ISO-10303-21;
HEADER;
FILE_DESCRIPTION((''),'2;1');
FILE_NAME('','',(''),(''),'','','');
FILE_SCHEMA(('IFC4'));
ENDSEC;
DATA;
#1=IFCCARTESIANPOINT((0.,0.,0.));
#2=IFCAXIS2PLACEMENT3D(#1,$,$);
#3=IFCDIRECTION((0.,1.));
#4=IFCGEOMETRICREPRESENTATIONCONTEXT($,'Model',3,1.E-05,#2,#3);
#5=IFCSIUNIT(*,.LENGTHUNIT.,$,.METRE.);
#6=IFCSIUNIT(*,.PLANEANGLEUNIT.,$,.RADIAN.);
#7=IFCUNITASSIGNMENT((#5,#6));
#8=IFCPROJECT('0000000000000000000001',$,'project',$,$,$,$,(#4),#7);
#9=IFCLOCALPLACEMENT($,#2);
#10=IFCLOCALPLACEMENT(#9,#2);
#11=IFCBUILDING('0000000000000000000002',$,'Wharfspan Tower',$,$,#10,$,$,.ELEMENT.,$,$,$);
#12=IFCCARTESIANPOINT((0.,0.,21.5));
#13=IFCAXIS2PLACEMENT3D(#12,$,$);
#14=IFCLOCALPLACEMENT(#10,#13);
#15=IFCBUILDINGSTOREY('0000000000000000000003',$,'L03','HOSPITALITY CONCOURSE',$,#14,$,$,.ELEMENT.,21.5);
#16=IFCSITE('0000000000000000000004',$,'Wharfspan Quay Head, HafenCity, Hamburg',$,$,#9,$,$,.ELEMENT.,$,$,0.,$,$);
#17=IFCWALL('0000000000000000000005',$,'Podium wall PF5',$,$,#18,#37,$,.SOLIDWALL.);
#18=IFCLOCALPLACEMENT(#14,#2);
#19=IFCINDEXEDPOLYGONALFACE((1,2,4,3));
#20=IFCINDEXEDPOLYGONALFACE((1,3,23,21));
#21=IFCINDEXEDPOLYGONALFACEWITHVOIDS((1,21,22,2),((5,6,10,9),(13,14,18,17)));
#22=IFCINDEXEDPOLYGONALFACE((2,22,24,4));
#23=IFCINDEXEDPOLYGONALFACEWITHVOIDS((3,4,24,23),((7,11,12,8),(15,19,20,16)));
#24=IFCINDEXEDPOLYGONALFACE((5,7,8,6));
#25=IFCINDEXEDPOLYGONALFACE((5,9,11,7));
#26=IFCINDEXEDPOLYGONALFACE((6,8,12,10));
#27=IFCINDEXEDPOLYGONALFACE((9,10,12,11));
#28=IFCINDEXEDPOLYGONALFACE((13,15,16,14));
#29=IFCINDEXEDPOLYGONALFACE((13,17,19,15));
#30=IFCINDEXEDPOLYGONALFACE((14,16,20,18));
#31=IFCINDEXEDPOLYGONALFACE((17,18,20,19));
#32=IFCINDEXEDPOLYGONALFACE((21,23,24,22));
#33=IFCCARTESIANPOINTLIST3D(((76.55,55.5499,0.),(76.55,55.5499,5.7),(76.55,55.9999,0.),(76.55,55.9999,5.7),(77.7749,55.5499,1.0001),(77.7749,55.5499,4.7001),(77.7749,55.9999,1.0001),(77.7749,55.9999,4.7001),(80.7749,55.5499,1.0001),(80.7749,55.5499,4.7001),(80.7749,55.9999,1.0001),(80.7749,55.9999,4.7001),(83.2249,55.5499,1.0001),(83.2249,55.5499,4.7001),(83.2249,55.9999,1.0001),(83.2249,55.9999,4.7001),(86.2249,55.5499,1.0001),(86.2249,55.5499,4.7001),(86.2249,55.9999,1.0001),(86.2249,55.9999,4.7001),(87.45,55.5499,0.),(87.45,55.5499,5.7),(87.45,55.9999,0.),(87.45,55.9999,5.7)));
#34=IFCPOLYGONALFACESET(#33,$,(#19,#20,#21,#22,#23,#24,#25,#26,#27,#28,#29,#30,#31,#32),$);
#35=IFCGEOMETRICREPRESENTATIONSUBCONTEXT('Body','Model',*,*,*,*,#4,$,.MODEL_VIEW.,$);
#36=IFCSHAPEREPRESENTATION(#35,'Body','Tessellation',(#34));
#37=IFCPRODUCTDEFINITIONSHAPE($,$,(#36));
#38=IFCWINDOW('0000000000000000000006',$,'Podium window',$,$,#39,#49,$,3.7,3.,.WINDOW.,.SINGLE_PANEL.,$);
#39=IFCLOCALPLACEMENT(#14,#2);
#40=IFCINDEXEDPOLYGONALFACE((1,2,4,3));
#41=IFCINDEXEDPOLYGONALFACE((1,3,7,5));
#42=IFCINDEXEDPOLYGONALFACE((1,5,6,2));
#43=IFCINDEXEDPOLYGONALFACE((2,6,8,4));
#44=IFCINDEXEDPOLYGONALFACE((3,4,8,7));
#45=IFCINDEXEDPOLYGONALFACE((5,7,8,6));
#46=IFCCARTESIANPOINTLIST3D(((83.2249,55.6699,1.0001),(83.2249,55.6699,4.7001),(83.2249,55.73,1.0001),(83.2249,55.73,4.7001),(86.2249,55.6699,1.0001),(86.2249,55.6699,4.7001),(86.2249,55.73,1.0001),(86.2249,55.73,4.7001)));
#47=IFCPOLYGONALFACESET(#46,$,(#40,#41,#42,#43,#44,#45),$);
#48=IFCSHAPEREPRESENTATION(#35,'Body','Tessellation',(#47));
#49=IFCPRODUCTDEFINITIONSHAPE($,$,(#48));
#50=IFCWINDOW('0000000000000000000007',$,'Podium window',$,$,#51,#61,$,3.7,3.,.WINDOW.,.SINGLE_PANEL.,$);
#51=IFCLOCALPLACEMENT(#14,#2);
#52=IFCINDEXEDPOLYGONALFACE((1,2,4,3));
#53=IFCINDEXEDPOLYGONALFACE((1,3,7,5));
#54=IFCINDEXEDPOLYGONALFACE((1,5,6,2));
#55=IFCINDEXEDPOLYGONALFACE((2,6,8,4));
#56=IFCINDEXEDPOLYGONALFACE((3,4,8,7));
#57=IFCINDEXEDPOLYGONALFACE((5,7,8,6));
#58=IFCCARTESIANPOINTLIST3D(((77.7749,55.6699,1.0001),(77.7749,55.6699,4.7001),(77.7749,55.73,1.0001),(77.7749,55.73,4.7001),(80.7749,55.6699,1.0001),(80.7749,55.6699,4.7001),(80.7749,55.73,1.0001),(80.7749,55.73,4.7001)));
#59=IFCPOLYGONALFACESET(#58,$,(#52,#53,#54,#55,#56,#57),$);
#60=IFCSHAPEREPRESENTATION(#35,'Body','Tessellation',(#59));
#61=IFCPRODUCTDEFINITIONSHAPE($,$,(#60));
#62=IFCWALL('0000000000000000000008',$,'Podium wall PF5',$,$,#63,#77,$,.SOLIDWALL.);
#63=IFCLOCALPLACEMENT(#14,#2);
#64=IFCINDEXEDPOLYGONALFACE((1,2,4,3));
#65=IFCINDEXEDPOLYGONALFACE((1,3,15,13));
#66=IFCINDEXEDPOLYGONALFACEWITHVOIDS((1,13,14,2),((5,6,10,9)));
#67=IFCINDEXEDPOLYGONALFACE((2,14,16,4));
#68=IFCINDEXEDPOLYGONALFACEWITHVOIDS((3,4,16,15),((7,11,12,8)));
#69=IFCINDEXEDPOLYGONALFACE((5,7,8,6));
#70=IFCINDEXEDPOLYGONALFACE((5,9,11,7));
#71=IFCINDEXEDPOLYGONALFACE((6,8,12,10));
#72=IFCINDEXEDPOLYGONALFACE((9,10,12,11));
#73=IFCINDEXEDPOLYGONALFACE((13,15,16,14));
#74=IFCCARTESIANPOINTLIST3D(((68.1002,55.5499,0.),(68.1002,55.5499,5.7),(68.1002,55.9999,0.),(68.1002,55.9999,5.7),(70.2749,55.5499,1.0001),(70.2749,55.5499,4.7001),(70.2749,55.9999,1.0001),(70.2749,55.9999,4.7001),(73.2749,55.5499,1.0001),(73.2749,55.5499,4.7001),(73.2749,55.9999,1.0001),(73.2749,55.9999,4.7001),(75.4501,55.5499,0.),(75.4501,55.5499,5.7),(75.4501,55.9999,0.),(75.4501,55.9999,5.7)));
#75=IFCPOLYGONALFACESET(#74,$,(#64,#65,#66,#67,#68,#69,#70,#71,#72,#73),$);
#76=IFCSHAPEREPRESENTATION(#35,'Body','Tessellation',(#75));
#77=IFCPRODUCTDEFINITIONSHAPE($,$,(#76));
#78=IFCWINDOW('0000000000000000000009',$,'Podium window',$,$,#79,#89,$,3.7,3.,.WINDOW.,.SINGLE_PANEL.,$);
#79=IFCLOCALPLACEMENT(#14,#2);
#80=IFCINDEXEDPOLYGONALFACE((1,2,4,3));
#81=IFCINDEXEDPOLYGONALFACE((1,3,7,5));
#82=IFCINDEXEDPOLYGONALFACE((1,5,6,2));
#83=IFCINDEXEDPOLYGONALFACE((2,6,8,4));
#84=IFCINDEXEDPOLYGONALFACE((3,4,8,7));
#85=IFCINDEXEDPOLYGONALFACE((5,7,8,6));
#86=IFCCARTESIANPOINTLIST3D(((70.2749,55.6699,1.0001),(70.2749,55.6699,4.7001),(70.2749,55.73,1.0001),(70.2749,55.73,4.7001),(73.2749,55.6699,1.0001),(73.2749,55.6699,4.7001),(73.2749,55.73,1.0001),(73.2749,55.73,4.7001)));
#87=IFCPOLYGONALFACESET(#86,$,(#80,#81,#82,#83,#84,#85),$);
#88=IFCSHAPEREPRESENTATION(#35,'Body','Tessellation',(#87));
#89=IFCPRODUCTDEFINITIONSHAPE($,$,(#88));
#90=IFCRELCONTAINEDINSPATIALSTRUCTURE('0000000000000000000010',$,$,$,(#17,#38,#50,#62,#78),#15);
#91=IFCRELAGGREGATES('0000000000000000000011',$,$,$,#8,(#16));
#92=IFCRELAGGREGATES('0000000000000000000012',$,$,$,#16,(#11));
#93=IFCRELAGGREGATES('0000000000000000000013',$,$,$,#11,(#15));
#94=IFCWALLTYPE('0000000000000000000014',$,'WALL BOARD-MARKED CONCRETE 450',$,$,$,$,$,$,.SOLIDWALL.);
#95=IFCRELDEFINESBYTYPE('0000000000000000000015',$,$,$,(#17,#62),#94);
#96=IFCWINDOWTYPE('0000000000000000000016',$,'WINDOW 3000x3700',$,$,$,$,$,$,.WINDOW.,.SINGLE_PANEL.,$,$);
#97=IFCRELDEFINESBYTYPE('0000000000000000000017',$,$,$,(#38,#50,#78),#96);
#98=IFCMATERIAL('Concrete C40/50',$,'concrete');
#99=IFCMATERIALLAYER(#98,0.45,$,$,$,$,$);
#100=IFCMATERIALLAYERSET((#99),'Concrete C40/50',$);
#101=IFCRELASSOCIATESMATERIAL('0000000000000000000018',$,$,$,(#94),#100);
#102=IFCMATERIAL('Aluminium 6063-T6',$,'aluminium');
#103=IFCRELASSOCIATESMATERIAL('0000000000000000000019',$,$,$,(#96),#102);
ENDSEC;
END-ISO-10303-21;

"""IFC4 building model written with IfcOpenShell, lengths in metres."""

from ifc_helpers import new_model, si_unit, direction, frame, frame_2d, origin, place, context, subcontext, project, spatial, rectangle, extrude, material, layer, layer_set, type_object, element, fill, save


model = new_model("IFC4")

# Units and contexts
model_context = context("Model", 3, precision=1e-05, world=origin(), true_north=direction((0.0, 1.0)))
body_context = subcontext(model_context, "Body", "Model", "MODEL_VIEW")
ifc_project = project(units=[si_unit("LENGTHUNIT", "METRE"), si_unit("PLANEANGLEUNIT", "RADIAN")], contexts=[model_context])

# Site, building, storey
site_placement = place(None, origin())
site = spatial("IfcSite", under=ifc_project, at=site_placement, Name="Wharfspan Quay Head, HafenCity, Hamburg", CompositionType="ELEMENT", RefElevation=0.0)
building_placement = place(site_placement, origin())
building = spatial("IfcBuilding", under=site, at=building_placement, Name="Wharfspan Tower", CompositionType="ELEMENT")
storey_placement = place(building_placement, frame((0.0, 0.0, 21.5)))
storey = spatial("IfcBuildingStorey", under=building, at=storey_placement, Name="L03", Description="HOSPITALITY CONCOURSE", CompositionType="ELEMENT", Elevation=21.5)

# Wall, openings, windows
ifc_material_1 = material(Name="Concrete C40/50", Category="concrete")
ifc_layer_1 = layer(ifc_material_1, 0.45)
ifc_layer_set_1 = layer_set([ifc_layer_1], Name="Concrete C40/50")
wall_type_1 = type_object("IfcWallType", Name="WALL BOARD-MARKED CONCRETE 450", PredefinedType="SOLIDWALL", material=ifc_layer_set_1)
ifc_material_2 = material(Name="Aluminium 6063-T6", Category="aluminium")
window_type = type_object("IfcWindowType", Name="WINDOW 3000x3700", PartitioningType="SINGLE_PANEL", PredefinedType="WINDOW", material=ifc_material_2)
wall_1_placement = place(storey_placement, frame((87.45, 55.7749, 0.0), z_axis=(0.0, 0.0, 1.0), x_axis=(-1.0, 0.0, 0.0)))
wall_1 = element("IfcWall", 1, at=wall_1_placement, inside=storey, type_object=wall_type_1, Name="Podium wall PF5", PredefinedType="SOLIDWALL", context=body_context, shape_type="SweptSolid", body=[
    extrude(rectangle(XDim=10.8999, YDim=0.45, at=frame_2d((5.45, 0.0))), origin(), (0.0, 0.0, 1.0), 5.7),
])
opening_1_placement = place(wall_1_placement, frame((1.2251, 0.0, 1.0)))
opening_1 = element("IfcOpeningElement", 2, at=opening_1_placement, cuts=wall_1, PredefinedType="OPENING", context=body_context, shape_type="SweptSolid", body=[
    extrude(rectangle(XDim=3.0, YDim=3.7, at=frame_2d((1.5, 1.8501))), frame((0.0, 0.2349, 0.0), z_axis=(0.0, -1.0, 0.0), x_axis=(1.0, 0.0, 0.0)), (0.0, 0.0, 1.0), 0.47),
])
opening_2_placement = place(wall_1_placement, frame((6.675, 0.0, 1.0)))
opening_2 = element("IfcOpeningElement", 3, at=opening_2_placement, cuts=wall_1, PredefinedType="OPENING", context=body_context, shape_type="SweptSolid", body=[
    extrude(rectangle(XDim=3.0, YDim=3.7, at=frame_2d((1.5, 1.8501))), frame((0.0, 0.2349, 0.0), z_axis=(0.0, -1.0, 0.0), x_axis=(1.0, 0.0, 0.0)), (0.0, 0.0, 1.0), 0.47),
])
window_1_placement = place(opening_1_placement, origin())
window_1 = element("IfcWindow", 4, at=window_1_placement, inside=storey, type_object=window_type, Name="Podium window", OverallHeight=3.7, OverallWidth=3.0, PartitioningType="SINGLE_PANEL", PredefinedType="WINDOW", context=body_context, shape_type="SweptSolid", body=[
    extrude(rectangle(XDim=3.0, YDim=3.7, at=frame_2d((1.5, 1.8501))), frame((0.0, 0.105, 0.0), z_axis=(0.0, -1.0, 0.0), x_axis=(1.0, 0.0, 0.0)), (0.0, 0.0, 1.0), 0.0601),
])
fill(opening_1, window_1)
window_2_placement = place(opening_2_placement, origin())
window_2 = element("IfcWindow", 5, at=window_2_placement, inside=storey, type_object=window_type, Name="Podium window", OverallHeight=3.7, OverallWidth=3.0, PartitioningType="SINGLE_PANEL", PredefinedType="WINDOW", context=body_context, shape_type="SweptSolid", body=[
    extrude(rectangle(XDim=3.0, YDim=3.7, at=frame_2d((1.5, 1.8501))), frame((0.0, 0.105, 0.0), z_axis=(0.0, -1.0, 0.0), x_axis=(1.0, 0.0, 0.0)), (0.0, 0.0, 1.0), 0.0601),
])
fill(opening_2, window_2)

# Wall, opening, window
wall_2_placement = place(storey_placement, frame((75.45, 55.7749, 0.0), z_axis=(0.0, 0.0, 1.0), x_axis=(-1.0, 0.0, 0.0)))
wall_2 = element("IfcWall", 6, at=wall_2_placement, inside=storey, type_object=wall_type_1, Name="Podium wall PF5", PredefinedType="SOLIDWALL", context=body_context, shape_type="SweptSolid", body=[
    extrude(rectangle(XDim=7.3499, YDim=0.45, at=frame_2d((3.6748, 0.0))), origin(), (0.0, 0.0, 1.0), 5.7),
])
opening_3_placement = place(wall_2_placement, frame((2.175, 0.0, 1.0)))
opening_3 = element("IfcOpeningElement", 7, at=opening_3_placement, cuts=wall_2, PredefinedType="OPENING", context=body_context, shape_type="SweptSolid", body=[
    extrude(rectangle(XDim=3.0, YDim=3.7, at=frame_2d((1.5, 1.8501))), frame((0.0, 0.2349, 0.0), z_axis=(0.0, -1.0, 0.0), x_axis=(1.0, 0.0, 0.0)), (0.0, 0.0, 1.0), 0.47),
])
window_3_placement = place(opening_3_placement, origin())
window_3 = element("IfcWindow", 8, at=window_3_placement, inside=storey, type_object=window_type, Name="Podium window", OverallHeight=3.7, OverallWidth=3.0, PartitioningType="SINGLE_PANEL", PredefinedType="WINDOW", context=body_context, shape_type="SweptSolid", body=[
    extrude(rectangle(XDim=3.0, YDim=3.7, at=frame_2d((1.5, 1.8501))), frame((0.0, 0.105, 0.0), z_axis=(0.0, -1.0, 0.0), x_axis=(1.0, 0.0, 0.0)), (0.0, 0.0, 1.0), 0.0601),
])
fill(opening_3, window_3)

save(model, "model.ifc")
